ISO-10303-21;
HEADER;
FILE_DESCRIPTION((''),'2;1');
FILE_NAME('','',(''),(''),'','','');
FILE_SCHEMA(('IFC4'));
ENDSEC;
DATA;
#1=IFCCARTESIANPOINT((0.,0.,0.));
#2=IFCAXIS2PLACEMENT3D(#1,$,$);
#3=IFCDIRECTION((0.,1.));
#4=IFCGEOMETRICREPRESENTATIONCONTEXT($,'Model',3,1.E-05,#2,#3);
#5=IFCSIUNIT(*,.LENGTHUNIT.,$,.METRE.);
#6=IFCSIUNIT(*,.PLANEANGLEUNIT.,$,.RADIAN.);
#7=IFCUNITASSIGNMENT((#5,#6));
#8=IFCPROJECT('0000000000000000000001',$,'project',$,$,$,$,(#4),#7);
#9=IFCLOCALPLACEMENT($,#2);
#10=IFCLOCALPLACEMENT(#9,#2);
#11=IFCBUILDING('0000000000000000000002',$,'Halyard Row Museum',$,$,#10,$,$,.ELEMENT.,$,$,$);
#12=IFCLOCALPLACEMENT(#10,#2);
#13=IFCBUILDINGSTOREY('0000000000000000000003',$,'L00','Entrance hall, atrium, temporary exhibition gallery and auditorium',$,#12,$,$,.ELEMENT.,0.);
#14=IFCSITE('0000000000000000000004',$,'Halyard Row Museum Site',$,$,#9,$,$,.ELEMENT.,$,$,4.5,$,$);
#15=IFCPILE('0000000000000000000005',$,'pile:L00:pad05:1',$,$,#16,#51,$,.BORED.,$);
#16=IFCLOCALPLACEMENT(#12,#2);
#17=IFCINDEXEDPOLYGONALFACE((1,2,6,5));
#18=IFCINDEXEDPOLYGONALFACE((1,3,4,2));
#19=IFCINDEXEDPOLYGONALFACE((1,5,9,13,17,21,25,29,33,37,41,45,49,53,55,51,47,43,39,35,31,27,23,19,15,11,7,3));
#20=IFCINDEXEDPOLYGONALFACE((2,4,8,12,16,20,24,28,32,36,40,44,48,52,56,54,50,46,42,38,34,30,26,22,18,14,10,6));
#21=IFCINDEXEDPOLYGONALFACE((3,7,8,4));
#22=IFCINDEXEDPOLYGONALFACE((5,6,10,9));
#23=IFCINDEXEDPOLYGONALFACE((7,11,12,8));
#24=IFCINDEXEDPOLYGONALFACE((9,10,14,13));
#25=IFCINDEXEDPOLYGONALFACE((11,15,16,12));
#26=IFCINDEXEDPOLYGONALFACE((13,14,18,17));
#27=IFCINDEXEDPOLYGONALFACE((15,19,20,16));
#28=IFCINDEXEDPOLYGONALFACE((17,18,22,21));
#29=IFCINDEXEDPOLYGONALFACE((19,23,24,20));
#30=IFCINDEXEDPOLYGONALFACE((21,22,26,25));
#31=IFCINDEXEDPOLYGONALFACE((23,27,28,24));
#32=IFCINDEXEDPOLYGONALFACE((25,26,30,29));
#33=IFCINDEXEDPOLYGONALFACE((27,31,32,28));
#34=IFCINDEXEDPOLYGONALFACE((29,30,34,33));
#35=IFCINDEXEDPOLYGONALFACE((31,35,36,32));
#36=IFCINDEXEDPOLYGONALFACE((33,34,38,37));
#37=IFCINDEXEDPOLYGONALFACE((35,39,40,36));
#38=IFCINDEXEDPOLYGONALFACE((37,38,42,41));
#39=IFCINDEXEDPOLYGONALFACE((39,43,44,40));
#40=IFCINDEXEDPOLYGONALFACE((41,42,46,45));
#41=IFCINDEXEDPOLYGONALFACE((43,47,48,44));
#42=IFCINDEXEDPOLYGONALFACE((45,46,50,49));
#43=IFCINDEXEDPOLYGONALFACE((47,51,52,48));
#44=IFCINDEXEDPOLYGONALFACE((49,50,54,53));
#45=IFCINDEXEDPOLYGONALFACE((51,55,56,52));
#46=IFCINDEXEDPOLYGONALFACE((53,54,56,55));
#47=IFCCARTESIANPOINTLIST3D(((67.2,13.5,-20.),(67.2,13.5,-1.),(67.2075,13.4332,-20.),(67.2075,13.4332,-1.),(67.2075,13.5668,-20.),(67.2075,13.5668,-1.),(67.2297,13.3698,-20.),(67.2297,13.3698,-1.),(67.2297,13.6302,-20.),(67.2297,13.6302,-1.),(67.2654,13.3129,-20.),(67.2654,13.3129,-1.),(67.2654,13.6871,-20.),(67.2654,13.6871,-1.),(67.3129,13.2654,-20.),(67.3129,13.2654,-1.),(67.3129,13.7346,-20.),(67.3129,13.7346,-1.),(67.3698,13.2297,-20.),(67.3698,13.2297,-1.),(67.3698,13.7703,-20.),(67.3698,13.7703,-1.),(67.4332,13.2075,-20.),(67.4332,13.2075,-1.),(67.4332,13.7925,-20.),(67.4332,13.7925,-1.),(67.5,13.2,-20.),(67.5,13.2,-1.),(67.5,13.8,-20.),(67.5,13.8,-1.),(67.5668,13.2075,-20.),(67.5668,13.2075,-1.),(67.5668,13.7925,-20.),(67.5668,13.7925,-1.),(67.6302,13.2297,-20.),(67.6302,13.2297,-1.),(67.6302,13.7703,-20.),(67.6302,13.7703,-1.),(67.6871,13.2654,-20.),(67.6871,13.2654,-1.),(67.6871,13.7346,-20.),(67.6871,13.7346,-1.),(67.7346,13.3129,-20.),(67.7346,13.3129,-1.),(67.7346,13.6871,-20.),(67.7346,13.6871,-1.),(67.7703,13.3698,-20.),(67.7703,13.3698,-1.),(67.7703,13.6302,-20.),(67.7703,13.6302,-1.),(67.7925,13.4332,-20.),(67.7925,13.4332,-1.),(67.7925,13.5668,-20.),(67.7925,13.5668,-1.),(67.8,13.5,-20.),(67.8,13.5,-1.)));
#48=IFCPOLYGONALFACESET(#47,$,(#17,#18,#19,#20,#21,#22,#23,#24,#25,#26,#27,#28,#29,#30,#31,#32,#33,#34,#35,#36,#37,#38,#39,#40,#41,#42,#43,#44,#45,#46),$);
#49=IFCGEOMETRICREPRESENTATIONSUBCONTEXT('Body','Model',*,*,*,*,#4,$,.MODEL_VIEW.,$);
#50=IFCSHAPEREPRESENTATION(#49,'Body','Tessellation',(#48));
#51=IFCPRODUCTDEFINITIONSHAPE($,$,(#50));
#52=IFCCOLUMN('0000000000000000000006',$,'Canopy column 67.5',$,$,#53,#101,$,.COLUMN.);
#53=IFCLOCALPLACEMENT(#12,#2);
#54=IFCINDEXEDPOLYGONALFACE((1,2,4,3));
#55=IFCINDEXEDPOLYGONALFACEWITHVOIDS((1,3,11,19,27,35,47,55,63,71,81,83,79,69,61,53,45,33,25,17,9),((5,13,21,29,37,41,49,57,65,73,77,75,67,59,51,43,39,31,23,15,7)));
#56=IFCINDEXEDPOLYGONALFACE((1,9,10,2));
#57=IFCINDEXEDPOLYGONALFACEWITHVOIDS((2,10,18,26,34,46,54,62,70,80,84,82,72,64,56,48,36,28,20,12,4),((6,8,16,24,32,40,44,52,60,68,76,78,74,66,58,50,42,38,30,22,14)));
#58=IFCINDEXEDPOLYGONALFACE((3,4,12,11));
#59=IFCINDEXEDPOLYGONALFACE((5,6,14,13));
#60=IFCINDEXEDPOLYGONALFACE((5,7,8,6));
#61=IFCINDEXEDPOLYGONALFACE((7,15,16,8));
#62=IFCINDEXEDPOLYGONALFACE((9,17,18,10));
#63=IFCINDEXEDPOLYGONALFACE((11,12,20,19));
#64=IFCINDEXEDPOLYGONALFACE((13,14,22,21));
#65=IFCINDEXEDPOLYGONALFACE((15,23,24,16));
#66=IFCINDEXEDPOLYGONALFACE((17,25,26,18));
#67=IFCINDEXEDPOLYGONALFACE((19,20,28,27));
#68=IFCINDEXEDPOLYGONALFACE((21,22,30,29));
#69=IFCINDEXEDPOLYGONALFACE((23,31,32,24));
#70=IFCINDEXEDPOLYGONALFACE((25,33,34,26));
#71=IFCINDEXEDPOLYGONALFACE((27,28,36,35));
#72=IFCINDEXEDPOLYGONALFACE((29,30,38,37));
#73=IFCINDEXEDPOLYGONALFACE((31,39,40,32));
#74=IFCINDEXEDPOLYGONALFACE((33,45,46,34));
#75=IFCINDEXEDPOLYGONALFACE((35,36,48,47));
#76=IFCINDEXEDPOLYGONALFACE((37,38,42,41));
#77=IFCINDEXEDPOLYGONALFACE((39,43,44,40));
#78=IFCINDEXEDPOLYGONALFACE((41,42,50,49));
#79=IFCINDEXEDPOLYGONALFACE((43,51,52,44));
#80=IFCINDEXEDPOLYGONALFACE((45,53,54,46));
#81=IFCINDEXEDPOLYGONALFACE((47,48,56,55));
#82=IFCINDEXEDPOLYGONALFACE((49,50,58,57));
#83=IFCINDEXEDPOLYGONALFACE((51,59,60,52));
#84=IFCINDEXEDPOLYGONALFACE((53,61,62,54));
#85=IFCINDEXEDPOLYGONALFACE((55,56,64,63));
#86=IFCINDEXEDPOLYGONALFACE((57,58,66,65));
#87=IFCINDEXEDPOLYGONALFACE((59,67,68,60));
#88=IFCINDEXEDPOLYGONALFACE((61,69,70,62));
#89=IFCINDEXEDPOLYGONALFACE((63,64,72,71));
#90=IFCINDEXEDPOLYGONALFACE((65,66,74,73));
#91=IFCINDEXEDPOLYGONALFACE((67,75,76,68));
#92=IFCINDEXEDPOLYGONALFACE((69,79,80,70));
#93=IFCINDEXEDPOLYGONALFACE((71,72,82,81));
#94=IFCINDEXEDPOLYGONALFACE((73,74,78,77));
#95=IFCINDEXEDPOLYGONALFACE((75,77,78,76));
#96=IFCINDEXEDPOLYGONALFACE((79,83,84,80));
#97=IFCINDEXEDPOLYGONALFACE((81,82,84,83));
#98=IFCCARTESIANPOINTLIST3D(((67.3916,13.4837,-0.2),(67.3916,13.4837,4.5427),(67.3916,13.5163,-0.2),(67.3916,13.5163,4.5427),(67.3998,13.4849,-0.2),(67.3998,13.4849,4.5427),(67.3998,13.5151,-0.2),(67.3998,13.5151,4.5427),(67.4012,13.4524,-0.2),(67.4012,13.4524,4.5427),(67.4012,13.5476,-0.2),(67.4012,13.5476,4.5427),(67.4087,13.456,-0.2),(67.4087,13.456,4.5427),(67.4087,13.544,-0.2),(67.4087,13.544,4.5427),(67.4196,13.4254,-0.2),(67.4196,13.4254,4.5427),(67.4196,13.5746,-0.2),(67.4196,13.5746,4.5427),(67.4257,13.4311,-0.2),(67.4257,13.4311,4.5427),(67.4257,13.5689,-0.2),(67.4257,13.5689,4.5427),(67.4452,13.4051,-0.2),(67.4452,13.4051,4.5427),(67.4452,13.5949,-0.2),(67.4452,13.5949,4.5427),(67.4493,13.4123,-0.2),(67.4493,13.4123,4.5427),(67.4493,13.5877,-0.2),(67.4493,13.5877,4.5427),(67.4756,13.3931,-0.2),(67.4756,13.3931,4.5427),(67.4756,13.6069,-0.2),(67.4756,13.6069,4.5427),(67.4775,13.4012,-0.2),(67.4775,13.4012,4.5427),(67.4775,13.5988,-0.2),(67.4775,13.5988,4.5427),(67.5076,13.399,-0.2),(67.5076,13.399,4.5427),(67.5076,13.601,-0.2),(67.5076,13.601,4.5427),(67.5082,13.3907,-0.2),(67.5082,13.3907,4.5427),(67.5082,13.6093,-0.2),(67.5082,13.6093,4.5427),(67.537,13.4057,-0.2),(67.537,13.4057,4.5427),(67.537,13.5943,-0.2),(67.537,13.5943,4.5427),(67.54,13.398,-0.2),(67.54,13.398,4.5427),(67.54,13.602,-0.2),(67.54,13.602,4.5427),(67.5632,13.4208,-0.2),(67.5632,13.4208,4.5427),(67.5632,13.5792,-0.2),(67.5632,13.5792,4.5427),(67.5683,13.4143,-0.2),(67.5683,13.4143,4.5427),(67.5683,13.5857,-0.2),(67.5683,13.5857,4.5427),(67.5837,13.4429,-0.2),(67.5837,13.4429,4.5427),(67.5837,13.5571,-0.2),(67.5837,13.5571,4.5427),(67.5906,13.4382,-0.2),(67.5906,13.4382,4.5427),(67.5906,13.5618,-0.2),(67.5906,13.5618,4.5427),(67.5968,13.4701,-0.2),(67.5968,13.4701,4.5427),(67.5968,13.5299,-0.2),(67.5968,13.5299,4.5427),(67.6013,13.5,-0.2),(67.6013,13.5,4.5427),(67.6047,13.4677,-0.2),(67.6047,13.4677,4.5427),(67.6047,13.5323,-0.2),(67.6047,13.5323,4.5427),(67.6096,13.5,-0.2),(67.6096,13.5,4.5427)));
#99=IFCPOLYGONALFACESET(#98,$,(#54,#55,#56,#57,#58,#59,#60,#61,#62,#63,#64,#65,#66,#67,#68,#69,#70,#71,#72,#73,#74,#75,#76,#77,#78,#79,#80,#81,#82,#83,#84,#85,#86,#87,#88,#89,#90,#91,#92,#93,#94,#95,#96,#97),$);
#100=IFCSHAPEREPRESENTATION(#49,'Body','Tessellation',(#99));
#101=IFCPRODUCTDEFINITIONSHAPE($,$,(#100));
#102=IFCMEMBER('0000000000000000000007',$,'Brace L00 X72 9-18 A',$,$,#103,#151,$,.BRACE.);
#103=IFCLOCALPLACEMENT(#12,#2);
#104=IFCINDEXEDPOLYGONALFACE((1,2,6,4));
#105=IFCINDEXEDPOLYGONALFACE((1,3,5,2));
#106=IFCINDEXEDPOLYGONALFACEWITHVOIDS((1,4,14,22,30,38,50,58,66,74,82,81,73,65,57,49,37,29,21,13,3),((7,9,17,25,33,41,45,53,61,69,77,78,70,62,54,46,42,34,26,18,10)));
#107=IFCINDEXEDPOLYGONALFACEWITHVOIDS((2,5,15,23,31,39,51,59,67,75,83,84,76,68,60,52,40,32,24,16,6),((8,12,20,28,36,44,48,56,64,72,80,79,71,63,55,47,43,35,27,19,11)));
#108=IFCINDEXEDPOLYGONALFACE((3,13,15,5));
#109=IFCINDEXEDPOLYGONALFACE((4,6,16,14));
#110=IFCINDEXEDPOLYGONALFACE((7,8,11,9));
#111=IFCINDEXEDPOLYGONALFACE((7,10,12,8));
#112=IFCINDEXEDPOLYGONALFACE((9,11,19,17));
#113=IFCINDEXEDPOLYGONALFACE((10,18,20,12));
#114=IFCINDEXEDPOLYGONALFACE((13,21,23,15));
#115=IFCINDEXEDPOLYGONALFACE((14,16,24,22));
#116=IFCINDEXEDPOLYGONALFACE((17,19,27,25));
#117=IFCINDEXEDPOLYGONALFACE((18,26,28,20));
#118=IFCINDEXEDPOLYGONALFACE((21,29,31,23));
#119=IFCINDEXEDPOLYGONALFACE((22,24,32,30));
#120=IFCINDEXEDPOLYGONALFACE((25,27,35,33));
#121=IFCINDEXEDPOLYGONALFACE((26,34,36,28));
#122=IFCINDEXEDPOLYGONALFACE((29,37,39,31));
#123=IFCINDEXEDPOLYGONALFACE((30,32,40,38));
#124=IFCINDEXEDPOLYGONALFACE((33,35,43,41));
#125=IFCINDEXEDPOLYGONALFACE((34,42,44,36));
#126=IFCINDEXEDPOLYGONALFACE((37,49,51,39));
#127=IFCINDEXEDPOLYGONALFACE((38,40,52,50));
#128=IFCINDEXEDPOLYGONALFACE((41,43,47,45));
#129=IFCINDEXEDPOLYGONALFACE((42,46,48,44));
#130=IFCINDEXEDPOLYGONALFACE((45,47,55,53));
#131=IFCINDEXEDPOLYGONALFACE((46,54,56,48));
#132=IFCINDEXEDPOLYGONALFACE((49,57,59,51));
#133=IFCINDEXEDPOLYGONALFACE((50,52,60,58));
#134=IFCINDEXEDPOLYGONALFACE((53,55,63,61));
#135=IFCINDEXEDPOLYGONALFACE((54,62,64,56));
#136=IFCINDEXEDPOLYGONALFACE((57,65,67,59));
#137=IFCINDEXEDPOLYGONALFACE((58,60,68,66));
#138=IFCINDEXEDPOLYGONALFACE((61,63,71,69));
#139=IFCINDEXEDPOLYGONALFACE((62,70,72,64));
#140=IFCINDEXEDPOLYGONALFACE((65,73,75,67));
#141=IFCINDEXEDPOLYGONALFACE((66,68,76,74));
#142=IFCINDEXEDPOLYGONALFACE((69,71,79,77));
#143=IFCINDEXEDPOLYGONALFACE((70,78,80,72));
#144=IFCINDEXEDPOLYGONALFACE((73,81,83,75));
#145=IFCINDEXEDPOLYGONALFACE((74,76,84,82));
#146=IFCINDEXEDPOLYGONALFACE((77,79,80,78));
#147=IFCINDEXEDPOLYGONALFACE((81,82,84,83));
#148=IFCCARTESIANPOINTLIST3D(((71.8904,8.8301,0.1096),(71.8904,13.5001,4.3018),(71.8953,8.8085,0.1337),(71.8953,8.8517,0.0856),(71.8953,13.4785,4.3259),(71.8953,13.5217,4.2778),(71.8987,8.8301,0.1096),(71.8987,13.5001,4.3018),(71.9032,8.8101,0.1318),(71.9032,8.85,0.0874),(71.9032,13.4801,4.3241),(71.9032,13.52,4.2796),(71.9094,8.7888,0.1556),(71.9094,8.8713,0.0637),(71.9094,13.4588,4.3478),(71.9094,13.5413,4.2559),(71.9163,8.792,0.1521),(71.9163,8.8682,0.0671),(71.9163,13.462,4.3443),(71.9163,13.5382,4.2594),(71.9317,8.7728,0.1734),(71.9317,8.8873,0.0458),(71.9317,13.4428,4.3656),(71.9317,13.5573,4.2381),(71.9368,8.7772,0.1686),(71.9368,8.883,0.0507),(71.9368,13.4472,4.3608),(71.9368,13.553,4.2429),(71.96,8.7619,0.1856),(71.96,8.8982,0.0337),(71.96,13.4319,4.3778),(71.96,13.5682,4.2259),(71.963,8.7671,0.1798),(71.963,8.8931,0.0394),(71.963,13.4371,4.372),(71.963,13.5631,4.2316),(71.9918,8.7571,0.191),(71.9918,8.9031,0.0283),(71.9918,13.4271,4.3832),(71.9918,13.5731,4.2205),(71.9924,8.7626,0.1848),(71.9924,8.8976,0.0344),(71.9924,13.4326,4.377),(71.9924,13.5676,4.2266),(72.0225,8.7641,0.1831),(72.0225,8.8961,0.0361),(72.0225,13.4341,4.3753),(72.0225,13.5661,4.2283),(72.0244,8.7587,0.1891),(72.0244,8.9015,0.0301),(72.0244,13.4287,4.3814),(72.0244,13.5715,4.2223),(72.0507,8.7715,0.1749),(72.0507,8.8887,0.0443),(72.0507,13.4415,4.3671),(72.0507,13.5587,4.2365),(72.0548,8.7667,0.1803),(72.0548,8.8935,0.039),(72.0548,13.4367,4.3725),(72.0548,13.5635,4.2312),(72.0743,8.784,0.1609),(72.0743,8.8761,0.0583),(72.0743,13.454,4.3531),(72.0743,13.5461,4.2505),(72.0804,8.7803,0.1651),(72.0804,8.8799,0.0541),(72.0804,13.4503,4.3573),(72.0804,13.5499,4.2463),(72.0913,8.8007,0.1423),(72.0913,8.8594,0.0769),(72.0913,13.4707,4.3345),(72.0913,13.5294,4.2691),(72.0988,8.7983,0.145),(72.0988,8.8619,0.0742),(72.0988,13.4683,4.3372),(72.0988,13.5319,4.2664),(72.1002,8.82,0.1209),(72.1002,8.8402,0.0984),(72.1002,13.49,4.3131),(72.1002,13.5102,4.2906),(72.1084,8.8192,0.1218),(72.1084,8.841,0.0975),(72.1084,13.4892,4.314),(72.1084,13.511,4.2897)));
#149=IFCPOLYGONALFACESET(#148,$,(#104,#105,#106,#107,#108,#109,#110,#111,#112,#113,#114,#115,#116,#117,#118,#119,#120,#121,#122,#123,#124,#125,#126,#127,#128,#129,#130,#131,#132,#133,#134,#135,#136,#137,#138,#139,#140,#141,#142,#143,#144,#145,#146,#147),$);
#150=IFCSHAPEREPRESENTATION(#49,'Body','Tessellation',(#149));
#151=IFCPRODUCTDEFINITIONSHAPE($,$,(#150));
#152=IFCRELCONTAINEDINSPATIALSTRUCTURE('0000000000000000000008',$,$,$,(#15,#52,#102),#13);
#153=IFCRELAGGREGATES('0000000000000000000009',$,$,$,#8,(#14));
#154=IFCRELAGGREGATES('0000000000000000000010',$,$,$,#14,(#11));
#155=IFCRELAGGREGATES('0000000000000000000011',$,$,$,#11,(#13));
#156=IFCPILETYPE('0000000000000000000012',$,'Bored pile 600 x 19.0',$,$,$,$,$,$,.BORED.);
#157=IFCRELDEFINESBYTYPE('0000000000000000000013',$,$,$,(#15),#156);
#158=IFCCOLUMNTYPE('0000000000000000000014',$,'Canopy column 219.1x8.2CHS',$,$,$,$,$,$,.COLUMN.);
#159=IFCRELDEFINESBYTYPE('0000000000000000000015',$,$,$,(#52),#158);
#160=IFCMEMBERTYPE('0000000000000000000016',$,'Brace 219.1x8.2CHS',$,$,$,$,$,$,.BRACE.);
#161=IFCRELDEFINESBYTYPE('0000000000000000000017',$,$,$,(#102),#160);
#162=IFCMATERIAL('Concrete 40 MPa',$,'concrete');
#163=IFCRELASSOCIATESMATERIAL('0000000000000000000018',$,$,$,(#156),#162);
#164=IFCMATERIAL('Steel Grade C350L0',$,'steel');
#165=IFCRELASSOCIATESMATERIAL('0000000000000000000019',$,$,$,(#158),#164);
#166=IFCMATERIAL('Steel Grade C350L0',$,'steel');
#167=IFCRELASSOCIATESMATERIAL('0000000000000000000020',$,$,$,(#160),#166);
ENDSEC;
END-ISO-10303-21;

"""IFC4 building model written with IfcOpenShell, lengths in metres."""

from ifc_helpers import new_model, si_unit, direction, frame, origin, origin_2d, place, context, subcontext, project, spatial, circle, hollow_circle, extrude, material, material_profile, profile_set, type_object, element, save


model = new_model("IFC4")

# Units and contexts
model_context = context("Model", 3, precision=1e-05, world=origin(), true_north=direction((0.0, 1.0)))
body_context = subcontext(model_context, "Body", "Model", "MODEL_VIEW")
ifc_project = project(units=[si_unit("LENGTHUNIT", "METRE"), si_unit("PLANEANGLEUNIT", "RADIAN")], contexts=[model_context])

# Site, building, storey
site_placement = place(None, origin())
site = spatial("IfcSite", under=ifc_project, at=site_placement, Name="Halyard Row Museum Site", CompositionType="ELEMENT", RefElevation=4.5)
building_placement = place(site_placement, origin())
building = spatial("IfcBuilding", under=site, at=building_placement, Name="Halyard Row Museum", CompositionType="ELEMENT")
storey_placement = place(building_placement, origin())
storey = spatial("IfcBuildingStorey", under=building, at=storey_placement, Name="L00", Description="Entrance hall, atrium, temporary exhibition gallery and auditorium", CompositionType="ELEMENT", Elevation=0.0)

# Pile
ifc_material_1 = material(Name="Concrete 40 MPa", Category="concrete")
ifc_material_profile_1 = material_profile(ifc_material_1, circle(Radius=0.3, at=origin_2d()), Name="Bored pile 600 x 19.0")
ifc_profile_set_1 = profile_set([ifc_material_profile_1], Name="Concrete 40 MPa")
pile_type = type_object("IfcPileType", Name="Bored pile 600 x 19.0", PredefinedType="BORED", material=ifc_profile_set_1)
pile_placement = place(storey_placement, frame((67.5, 13.5, -1.0), z_axis=(0.0, 0.0, -1.0), x_axis=(1.0, 0.0, 0.0)))
element("IfcPile", 1, at=pile_placement, inside=storey, type_object=pile_type, Name="pile:L00:pad05:1", PredefinedType="BORED", context=body_context, shape_type="SweptSolid", body=[
    extrude(circle(Radius=0.3, at=origin_2d()), origin(), (0.0, 0.0, 1.0), 19.0),
])

# Column
ifc_material_2 = material(Name="Steel Grade C350L0", Category="steel")
ifc_material_profile_2 = material_profile(ifc_material_2, hollow_circle(Radius=0.1096, WallThickness=0.0083, at=origin_2d()), Name="219.1x8.2CHS")
ifc_profile_set_2 = profile_set([ifc_material_profile_2], Name="Steel Grade C350L0")
column_type = type_object("IfcColumnType", Name="Canopy column 219.1x8.2CHS", PredefinedType="COLUMN", material=ifc_profile_set_2)
column_placement = place(storey_placement, frame((67.5, 13.5, -0.2), z_axis=(0.0, 0.0, 1.0), x_axis=(1.0, 0.0, 0.0)))
element("IfcColumn", 2, at=column_placement, inside=storey, type_object=column_type, Name="Canopy column 67.5", PredefinedType="COLUMN", context=body_context, shape_type="SweptSolid", body=[
    extrude(hollow_circle(Radius=0.1096, WallThickness=0.0083, at=origin_2d()), origin(), (0.0, 0.0, 1.0), 4.7427),
])

# Member
ifc_material_3 = material(Name="Steel Grade C350L0", Category="steel")
ifc_material_profile_3 = material_profile(ifc_material_3, hollow_circle(Radius=0.1096, WallThickness=0.0083, at=origin_2d()), Name="219.1x8.2CHS")
ifc_profile_set_3 = profile_set([ifc_material_profile_3], Name="Steel Grade C350L0")
member_type_1 = type_object("IfcMemberType", Name="Brace 219.1x8.2CHS", PredefinedType="BRACE", material=ifc_profile_set_3)
member_1_placement = place(storey_placement, frame((72.0, 8.8301, 0.1096), z_axis=(0.0, 0.744149, 0.668014), x_axis=(-1.0, 0.0, 0.0)))
element("IfcMember", 3, at=member_1_placement, inside=storey, type_object=member_type_1, Name="Brace L00 X72 9-18 A", PredefinedType="BRACE", context=body_context, shape_type="SweptSolid", body=[
    extrude(hollow_circle(Radius=0.1096, WallThickness=0.0083, at=origin_2d()), origin(), (0.0, 0.0, 1.0), 6.2756),
])

save(model, "model.ifc")
